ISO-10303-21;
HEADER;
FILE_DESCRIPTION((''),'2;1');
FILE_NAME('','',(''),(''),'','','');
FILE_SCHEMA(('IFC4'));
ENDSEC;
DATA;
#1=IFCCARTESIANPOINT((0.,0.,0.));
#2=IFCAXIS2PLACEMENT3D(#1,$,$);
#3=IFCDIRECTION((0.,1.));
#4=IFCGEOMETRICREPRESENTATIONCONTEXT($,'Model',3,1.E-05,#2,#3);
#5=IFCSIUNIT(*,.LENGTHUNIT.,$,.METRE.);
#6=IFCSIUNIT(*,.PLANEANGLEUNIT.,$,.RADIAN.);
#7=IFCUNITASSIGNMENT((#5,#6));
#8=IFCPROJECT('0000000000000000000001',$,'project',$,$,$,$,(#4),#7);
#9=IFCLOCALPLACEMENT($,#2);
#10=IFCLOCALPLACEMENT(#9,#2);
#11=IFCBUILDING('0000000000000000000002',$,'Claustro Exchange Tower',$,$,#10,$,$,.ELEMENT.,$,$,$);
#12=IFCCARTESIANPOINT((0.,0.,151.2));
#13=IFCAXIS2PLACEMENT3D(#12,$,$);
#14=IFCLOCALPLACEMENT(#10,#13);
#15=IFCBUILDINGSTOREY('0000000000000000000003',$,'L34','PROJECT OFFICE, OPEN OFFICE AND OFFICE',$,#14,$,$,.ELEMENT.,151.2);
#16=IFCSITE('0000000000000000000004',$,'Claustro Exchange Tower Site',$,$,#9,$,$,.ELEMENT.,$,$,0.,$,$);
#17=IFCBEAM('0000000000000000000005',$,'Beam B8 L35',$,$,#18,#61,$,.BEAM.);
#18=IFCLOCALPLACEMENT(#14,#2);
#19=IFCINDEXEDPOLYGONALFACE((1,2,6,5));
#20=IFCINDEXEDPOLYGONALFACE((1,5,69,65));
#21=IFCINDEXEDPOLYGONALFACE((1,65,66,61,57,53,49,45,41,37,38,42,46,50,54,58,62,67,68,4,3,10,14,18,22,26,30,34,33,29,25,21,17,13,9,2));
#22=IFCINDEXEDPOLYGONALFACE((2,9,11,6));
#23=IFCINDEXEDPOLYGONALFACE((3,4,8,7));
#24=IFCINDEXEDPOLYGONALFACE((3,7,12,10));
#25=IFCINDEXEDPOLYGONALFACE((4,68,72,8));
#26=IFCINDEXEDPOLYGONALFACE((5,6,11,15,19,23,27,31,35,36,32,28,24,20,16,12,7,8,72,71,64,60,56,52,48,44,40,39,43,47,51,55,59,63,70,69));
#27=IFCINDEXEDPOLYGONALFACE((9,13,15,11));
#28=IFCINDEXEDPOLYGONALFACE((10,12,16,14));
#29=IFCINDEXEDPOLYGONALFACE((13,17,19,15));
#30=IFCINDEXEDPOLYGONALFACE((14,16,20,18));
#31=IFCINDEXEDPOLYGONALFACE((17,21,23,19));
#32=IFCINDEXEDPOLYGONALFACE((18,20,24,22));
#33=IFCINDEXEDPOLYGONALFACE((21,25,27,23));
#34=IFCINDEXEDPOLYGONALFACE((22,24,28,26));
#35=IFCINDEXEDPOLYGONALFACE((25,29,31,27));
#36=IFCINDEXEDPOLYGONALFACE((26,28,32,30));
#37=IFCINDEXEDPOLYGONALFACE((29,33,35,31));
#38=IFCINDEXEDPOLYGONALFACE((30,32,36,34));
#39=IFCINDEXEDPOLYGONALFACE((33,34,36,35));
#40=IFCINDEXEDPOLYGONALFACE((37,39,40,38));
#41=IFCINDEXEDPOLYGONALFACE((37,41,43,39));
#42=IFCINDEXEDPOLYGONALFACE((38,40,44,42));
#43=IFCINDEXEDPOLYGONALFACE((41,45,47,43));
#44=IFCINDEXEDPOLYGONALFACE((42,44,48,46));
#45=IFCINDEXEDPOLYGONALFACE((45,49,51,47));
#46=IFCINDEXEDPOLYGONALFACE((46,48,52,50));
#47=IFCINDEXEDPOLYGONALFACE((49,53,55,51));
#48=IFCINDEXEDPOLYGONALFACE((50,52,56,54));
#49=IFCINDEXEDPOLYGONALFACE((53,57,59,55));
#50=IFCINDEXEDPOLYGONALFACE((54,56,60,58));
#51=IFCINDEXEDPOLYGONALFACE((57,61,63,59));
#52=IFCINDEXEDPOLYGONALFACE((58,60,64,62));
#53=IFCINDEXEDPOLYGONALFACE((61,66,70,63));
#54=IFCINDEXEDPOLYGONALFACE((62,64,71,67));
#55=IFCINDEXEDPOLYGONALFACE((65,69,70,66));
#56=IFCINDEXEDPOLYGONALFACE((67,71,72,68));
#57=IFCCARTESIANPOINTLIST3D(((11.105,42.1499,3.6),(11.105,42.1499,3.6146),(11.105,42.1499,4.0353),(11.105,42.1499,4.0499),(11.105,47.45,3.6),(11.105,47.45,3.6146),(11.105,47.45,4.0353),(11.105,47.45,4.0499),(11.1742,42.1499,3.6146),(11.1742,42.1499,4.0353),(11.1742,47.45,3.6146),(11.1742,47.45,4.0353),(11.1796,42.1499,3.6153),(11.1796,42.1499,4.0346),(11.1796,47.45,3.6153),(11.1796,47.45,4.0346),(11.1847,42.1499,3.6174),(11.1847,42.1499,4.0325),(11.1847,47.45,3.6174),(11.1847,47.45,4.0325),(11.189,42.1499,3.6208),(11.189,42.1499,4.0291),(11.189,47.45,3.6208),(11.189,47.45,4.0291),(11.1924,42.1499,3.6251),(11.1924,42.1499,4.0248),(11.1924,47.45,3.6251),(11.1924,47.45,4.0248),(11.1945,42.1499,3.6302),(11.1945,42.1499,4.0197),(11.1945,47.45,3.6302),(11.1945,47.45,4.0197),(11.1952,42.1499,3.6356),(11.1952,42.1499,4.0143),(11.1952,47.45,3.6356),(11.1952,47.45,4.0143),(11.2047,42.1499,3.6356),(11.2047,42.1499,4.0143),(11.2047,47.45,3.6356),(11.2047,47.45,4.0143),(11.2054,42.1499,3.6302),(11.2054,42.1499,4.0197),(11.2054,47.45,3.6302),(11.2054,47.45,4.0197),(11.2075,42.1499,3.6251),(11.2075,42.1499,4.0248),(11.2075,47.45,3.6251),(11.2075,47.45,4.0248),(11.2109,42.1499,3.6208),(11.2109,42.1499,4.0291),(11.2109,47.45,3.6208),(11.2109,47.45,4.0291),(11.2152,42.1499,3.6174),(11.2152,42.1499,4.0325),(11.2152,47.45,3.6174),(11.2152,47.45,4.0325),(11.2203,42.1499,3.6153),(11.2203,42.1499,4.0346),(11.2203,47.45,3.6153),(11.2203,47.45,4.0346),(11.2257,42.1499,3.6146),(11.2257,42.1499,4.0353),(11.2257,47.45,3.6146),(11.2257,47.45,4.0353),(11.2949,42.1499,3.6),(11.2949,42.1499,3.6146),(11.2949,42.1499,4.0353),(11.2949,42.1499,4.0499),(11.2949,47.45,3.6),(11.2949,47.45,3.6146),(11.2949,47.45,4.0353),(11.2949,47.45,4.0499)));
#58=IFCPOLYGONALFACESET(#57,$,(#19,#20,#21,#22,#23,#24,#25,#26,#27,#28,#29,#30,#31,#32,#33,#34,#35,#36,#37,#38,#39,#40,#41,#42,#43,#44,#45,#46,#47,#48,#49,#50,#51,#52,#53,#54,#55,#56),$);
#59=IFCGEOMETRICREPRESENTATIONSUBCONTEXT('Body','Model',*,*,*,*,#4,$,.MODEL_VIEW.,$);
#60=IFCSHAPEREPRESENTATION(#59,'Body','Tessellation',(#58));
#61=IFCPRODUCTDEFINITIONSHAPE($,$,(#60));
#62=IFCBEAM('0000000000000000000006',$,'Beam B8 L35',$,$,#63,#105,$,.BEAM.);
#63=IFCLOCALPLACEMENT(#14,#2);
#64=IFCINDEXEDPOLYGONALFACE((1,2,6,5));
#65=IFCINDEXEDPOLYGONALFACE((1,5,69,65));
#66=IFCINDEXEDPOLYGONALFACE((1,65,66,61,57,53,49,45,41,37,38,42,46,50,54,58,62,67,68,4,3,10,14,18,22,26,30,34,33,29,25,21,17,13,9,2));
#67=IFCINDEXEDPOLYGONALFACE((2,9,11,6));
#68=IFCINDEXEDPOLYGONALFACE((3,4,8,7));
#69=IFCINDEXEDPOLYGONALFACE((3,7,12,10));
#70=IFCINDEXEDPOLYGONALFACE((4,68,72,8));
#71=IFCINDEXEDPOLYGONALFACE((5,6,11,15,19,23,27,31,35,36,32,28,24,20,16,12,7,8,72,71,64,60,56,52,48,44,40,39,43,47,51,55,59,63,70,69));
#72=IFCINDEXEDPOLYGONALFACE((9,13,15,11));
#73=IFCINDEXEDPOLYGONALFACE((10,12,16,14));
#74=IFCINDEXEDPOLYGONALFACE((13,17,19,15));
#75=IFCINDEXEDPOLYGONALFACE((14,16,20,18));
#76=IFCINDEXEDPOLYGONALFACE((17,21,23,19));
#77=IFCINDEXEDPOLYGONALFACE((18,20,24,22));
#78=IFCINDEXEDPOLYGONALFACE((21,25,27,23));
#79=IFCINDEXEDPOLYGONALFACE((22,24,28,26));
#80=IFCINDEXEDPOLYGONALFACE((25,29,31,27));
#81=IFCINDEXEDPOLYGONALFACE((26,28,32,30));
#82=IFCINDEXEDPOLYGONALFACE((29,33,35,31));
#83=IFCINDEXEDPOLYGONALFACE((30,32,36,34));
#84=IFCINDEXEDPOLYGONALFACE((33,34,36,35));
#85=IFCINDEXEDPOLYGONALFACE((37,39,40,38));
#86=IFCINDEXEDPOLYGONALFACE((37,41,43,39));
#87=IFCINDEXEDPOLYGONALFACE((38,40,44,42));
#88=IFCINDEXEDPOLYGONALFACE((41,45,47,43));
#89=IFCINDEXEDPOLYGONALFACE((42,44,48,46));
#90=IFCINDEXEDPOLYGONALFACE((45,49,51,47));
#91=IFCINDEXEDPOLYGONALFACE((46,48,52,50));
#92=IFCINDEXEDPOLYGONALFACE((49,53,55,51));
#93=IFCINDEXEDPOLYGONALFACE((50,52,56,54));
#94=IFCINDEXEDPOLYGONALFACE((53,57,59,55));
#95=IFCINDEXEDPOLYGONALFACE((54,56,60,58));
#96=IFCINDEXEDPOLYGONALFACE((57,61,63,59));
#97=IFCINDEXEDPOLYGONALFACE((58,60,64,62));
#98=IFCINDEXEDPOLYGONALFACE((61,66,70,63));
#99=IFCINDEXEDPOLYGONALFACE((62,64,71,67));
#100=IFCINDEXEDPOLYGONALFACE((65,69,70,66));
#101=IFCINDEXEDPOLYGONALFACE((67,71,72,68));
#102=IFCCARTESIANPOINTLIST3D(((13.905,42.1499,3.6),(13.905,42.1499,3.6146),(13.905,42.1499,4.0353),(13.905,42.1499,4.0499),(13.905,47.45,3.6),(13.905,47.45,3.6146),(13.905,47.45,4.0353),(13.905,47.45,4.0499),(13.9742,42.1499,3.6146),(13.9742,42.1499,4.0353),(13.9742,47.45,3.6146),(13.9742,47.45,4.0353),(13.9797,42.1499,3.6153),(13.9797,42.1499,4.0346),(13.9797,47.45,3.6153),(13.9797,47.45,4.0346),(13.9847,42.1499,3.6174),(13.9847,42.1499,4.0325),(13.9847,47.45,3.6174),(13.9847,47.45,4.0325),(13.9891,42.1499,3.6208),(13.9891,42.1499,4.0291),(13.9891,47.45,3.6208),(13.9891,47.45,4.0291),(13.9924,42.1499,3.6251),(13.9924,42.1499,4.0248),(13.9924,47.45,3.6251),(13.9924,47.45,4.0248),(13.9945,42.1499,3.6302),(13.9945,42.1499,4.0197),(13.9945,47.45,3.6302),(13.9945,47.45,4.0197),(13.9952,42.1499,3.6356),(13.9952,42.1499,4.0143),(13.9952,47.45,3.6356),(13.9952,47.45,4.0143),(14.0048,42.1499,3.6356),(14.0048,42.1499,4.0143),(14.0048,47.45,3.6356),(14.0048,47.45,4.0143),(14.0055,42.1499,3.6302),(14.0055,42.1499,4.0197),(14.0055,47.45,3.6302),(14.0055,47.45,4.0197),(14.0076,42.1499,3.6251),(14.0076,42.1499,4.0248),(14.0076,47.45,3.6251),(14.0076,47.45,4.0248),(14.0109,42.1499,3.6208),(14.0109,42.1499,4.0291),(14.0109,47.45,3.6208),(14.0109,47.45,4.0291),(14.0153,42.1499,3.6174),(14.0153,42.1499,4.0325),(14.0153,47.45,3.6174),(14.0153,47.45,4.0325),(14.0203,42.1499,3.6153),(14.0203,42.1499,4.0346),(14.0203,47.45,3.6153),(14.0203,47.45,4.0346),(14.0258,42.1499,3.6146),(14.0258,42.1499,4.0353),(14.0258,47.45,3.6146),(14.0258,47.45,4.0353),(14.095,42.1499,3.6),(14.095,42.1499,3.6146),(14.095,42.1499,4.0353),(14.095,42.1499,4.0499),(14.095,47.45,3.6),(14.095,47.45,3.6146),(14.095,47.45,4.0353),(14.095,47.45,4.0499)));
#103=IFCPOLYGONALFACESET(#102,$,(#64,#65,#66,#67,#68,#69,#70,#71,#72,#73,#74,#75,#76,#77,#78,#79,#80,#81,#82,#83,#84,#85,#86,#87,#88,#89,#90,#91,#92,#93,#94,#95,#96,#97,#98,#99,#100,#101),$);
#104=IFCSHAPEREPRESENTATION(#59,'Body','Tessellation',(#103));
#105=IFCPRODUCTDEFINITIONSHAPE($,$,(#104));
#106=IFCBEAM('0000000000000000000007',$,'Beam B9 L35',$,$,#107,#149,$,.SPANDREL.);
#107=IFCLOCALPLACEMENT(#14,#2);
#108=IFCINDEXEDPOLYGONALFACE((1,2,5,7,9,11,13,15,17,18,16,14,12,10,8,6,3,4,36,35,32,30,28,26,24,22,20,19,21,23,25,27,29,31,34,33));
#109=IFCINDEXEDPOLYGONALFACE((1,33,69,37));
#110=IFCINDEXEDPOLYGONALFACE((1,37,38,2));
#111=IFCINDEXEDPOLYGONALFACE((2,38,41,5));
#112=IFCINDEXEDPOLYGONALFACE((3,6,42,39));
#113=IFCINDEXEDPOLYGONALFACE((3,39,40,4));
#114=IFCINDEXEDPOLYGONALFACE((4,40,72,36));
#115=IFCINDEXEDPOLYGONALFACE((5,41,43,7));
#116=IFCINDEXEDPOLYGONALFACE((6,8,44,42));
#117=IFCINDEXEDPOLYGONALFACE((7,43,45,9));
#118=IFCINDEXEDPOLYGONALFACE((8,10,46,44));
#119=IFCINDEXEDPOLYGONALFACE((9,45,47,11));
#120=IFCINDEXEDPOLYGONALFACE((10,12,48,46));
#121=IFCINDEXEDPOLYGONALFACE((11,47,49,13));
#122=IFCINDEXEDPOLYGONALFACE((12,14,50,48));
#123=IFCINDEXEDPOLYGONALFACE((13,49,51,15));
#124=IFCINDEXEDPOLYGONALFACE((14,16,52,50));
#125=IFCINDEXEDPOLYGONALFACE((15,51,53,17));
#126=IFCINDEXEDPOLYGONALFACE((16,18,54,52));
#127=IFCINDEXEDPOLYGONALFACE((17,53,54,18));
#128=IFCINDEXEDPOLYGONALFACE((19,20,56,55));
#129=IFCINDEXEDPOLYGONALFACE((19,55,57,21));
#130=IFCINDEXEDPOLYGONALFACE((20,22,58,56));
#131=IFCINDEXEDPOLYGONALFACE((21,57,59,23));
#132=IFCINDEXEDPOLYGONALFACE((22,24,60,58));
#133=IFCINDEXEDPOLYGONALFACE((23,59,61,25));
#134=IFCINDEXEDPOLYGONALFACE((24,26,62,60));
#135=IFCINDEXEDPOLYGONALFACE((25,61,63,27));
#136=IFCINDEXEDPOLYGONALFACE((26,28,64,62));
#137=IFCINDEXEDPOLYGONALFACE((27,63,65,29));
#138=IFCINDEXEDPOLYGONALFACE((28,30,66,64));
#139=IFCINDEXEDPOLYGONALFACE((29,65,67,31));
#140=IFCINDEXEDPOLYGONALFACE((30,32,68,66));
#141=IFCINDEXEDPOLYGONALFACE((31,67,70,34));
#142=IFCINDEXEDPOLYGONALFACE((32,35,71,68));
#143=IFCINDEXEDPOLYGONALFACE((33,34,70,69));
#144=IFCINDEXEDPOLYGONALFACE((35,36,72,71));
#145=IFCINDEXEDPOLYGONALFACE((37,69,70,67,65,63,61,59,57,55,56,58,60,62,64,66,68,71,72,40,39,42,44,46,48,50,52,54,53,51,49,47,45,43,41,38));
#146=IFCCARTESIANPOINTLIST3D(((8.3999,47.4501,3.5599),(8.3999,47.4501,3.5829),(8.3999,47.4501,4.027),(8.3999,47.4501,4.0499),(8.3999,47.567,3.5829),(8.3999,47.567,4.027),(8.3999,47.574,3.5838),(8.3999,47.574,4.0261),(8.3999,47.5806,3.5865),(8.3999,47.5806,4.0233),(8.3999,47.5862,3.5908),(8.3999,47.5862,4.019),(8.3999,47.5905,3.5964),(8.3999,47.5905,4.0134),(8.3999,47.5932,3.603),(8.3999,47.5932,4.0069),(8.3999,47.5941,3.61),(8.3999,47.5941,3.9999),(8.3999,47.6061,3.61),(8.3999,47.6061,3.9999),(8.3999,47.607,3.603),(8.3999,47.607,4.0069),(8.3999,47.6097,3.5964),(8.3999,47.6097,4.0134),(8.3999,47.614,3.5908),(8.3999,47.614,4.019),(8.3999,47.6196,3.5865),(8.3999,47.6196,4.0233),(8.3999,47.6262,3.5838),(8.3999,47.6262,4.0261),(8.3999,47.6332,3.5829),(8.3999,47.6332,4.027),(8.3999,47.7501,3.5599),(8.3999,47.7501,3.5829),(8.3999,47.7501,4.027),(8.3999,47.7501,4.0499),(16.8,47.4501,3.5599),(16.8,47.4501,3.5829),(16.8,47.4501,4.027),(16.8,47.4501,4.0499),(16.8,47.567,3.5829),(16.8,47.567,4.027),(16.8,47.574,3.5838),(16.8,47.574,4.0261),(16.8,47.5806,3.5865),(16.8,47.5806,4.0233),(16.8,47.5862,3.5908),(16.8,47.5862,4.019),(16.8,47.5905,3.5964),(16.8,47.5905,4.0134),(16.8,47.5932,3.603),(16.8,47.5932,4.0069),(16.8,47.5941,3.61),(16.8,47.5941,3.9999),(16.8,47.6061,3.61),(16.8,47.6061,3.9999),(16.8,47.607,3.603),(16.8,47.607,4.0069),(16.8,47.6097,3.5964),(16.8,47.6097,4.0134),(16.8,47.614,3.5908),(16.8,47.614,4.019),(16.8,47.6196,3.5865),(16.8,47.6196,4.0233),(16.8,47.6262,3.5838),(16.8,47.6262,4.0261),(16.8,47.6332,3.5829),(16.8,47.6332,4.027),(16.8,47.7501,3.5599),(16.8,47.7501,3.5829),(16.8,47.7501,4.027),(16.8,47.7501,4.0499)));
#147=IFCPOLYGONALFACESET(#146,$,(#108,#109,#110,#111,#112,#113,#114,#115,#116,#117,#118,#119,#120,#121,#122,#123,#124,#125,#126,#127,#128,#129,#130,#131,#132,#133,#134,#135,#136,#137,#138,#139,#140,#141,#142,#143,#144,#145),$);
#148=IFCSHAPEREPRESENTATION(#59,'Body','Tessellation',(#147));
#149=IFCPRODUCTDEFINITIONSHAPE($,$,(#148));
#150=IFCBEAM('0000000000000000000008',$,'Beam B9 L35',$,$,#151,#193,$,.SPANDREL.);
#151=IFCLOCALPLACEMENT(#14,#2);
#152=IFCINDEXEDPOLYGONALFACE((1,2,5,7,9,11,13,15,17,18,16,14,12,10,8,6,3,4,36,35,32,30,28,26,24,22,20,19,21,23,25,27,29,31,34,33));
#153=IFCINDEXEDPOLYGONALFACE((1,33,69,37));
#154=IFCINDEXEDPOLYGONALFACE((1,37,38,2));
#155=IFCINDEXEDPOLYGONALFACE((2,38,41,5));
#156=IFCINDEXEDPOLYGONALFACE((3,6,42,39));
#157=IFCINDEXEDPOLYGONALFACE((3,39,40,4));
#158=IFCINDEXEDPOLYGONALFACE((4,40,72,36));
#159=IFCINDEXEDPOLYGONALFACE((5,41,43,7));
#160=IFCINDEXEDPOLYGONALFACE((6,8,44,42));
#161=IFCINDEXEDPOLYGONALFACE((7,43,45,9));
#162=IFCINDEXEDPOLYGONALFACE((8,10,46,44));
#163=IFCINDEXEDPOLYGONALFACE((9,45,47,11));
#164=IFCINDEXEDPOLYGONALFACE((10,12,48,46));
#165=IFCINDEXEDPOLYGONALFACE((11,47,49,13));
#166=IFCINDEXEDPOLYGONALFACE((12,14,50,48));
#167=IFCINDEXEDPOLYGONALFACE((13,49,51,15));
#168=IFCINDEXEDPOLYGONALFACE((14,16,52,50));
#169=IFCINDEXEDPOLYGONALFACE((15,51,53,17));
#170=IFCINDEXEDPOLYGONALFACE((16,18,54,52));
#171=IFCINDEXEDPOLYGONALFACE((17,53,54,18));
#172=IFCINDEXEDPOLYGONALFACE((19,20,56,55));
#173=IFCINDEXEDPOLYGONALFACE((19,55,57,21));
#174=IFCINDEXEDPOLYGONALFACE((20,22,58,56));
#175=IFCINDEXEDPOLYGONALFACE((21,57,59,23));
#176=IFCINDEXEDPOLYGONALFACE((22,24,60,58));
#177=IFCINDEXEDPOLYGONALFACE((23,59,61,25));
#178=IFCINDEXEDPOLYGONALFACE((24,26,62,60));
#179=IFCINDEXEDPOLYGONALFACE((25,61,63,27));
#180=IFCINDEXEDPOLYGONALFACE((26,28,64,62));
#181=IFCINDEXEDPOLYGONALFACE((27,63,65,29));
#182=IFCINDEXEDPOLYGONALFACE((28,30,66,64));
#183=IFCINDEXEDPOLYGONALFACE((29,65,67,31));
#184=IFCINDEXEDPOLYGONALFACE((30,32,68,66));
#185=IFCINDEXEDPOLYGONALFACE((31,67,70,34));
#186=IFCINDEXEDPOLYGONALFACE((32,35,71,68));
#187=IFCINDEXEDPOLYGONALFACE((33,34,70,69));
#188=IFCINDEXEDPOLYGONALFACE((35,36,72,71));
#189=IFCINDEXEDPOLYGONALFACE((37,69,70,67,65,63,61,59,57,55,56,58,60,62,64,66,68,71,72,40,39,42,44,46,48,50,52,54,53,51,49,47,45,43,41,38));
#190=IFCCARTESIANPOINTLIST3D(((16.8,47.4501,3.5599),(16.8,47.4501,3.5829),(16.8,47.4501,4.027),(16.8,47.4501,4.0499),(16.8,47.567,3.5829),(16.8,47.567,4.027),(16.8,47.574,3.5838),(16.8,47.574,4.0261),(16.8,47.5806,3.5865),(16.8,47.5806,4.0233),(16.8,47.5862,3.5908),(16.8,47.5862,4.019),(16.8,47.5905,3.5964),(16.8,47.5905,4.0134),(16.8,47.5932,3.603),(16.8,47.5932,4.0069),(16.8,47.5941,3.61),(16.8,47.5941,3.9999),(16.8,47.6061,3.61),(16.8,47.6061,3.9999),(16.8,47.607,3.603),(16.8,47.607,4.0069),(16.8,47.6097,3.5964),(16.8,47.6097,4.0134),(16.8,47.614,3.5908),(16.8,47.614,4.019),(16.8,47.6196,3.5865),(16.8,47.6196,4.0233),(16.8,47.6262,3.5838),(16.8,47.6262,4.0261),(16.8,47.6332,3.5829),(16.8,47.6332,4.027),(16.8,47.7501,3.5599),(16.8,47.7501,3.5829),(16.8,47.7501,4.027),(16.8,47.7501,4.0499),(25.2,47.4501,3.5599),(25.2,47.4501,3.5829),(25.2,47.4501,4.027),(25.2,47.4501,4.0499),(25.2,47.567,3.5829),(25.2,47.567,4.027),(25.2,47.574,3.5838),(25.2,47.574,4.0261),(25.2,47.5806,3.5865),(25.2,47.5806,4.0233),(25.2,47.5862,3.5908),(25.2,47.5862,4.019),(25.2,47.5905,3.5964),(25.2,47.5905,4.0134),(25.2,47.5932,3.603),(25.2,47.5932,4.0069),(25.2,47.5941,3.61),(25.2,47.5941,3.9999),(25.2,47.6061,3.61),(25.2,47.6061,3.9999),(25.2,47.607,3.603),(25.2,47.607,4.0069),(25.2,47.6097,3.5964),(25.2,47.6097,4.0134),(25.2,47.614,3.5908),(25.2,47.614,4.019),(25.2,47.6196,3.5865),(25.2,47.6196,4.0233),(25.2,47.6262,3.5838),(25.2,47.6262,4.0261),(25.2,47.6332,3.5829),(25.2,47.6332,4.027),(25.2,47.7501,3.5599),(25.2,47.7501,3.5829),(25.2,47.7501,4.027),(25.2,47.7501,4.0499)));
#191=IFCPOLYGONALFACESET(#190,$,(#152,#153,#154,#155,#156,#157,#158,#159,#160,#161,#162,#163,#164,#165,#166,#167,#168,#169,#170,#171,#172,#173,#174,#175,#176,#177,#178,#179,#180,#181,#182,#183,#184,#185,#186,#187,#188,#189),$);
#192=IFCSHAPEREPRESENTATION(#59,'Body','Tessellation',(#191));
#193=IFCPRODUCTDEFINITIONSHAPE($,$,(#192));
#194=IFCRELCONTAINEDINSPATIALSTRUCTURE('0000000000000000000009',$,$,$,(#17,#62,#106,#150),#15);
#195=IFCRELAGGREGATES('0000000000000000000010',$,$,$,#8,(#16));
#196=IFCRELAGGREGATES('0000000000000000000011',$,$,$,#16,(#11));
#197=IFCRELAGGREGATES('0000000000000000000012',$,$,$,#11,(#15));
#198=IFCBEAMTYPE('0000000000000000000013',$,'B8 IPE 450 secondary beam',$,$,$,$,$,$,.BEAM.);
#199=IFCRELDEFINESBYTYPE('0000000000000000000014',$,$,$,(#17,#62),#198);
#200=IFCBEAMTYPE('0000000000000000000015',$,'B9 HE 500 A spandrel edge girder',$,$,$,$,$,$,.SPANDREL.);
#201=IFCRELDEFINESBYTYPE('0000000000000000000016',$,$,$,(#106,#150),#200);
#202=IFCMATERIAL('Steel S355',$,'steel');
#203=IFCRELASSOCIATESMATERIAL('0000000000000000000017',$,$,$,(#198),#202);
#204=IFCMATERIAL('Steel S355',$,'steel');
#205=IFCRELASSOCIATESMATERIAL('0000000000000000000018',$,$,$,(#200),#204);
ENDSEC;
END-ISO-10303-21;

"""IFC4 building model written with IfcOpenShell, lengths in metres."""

from ifc_helpers import new_model, si_unit, direction, frame, origin, origin_2d, place, context, subcontext, project, spatial, i_section, extrude, material, material_profile, profile_set, type_object, element, save


model = new_model("IFC4")

# Units and contexts
model_context = context("Model", 3, precision=1e-05, world=origin(), true_north=direction((0.0, 1.0)))
body_context = subcontext(model_context, "Body", "Model", "MODEL_VIEW")
ifc_project = project(units=[si_unit("LENGTHUNIT", "METRE"), si_unit("PLANEANGLEUNIT", "RADIAN")], contexts=[model_context])

# Site, building, storey
site_placement = place(None, origin())
site = spatial("IfcSite", under=ifc_project, at=site_placement, Name="Claustro Exchange Tower Site", CompositionType="ELEMENT", RefElevation=0.0)
building_placement = place(site_placement, origin())
building = spatial("IfcBuilding", under=site, at=building_placement, Name="Claustro Exchange Tower", CompositionType="ELEMENT")
storey_placement = place(building_placement, frame((0.0, 0.0, 151.2)))
storey = spatial("IfcBuildingStorey", under=building, at=storey_placement, Name="L34", Description="PROJECT OFFICE, OPEN OFFICE AND OFFICE", CompositionType="ELEMENT", Elevation=151.2)

# Beams
ifc_material_1 = material(Name="Steel S355", Category="steel")
ifc_material_profile_1 = material_profile(ifc_material_1, i_section(OverallWidth=0.1899, OverallDepth=0.45, WebThickness=0.0095, FlangeThickness=0.0146, FilletRadius=0.021, at=origin_2d()), Name="IPE 450")
ifc_profile_set_1 = profile_set([ifc_material_profile_1], Name="Steel S355")
beam_type_1 = type_object("IfcBeamType", Name="B8 IPE 450 secondary beam", PredefinedType="BEAM", material=ifc_profile_set_1)
for number, where, z_axis, x_axis, name in (
    (1, (11.2, 42.1499, 3.825), (0.0, 1.0, 0.0), (-1.0, 0.0, 0.0), "Beam B8 L35"),
    (2, (14.0, 42.1499, 3.825), (0.0, 1.0, 0.0), (-1.0, 0.0, 0.0), "Beam B8 L35"),
):
    element("IfcBeam", number, at=place(storey_placement, frame(where, z_axis=z_axis, x_axis=x_axis)), inside=storey, type_object=beam_type_1, Name=name, PredefinedType="BEAM", context=body_context, shape_type="SweptSolid", body=[
        extrude(i_section(OverallWidth=0.1899, OverallDepth=0.45, WebThickness=0.0095, FlangeThickness=0.0146, FilletRadius=0.021, at=origin_2d()), origin(), (0.0, 0.0, 1.0), 5.3),
    ])
ifc_material_2 = material(Name="Steel S355", Category="steel")
ifc_material_profile_2 = material_profile(ifc_material_2, i_section(OverallWidth=0.3, OverallDepth=0.49, WebThickness=0.012, FlangeThickness=0.0229, FilletRadius=0.0271, at=origin_2d()), Name="HE 500 A")
ifc_profile_set_2 = profile_set([ifc_material_profile_2], Name="Steel S355")
beam_type_2 = type_object("IfcBeamType", Name="B9 HE 500 A spandrel edge girder", PredefinedType="SPANDREL", material=ifc_profile_set_2)
beam_1_placement = place(storey_placement, frame((8.3999, 47.6001, 3.8049), z_axis=(1.0, 0.0, 0.0), x_axis=(0.0, 1.0, 0.0)))
element("IfcBeam", 3, at=beam_1_placement, inside=storey, type_object=beam_type_2, Name="Beam B9 L35", PredefinedType="SPANDREL", context=body_context, shape_type="SweptSolid", body=[
    extrude(i_section(OverallWidth=0.3, OverallDepth=0.49, WebThickness=0.012, FlangeThickness=0.0229, FilletRadius=0.0271, at=origin_2d()), origin(), (0.0, 0.0, 1.0), 8.4001),
])
beam_2_placement = place(storey_placement, frame((16.8, 47.6001, 3.8049), z_axis=(1.0, 0.0, 0.0), x_axis=(0.0, 1.0, 0.0)))
element("IfcBeam", 4, at=beam_2_placement, inside=storey, type_object=beam_type_2, Name="Beam B9 L35", PredefinedType="SPANDREL", context=body_context, shape_type="SweptSolid", body=[
    extrude(i_section(OverallWidth=0.3, OverallDepth=0.49, WebThickness=0.012, FlangeThickness=0.0229, FilletRadius=0.0271, at=origin_2d()), origin(), (0.0, 0.0, 1.0), 8.3999),
])

save(model, "model.ifc")
